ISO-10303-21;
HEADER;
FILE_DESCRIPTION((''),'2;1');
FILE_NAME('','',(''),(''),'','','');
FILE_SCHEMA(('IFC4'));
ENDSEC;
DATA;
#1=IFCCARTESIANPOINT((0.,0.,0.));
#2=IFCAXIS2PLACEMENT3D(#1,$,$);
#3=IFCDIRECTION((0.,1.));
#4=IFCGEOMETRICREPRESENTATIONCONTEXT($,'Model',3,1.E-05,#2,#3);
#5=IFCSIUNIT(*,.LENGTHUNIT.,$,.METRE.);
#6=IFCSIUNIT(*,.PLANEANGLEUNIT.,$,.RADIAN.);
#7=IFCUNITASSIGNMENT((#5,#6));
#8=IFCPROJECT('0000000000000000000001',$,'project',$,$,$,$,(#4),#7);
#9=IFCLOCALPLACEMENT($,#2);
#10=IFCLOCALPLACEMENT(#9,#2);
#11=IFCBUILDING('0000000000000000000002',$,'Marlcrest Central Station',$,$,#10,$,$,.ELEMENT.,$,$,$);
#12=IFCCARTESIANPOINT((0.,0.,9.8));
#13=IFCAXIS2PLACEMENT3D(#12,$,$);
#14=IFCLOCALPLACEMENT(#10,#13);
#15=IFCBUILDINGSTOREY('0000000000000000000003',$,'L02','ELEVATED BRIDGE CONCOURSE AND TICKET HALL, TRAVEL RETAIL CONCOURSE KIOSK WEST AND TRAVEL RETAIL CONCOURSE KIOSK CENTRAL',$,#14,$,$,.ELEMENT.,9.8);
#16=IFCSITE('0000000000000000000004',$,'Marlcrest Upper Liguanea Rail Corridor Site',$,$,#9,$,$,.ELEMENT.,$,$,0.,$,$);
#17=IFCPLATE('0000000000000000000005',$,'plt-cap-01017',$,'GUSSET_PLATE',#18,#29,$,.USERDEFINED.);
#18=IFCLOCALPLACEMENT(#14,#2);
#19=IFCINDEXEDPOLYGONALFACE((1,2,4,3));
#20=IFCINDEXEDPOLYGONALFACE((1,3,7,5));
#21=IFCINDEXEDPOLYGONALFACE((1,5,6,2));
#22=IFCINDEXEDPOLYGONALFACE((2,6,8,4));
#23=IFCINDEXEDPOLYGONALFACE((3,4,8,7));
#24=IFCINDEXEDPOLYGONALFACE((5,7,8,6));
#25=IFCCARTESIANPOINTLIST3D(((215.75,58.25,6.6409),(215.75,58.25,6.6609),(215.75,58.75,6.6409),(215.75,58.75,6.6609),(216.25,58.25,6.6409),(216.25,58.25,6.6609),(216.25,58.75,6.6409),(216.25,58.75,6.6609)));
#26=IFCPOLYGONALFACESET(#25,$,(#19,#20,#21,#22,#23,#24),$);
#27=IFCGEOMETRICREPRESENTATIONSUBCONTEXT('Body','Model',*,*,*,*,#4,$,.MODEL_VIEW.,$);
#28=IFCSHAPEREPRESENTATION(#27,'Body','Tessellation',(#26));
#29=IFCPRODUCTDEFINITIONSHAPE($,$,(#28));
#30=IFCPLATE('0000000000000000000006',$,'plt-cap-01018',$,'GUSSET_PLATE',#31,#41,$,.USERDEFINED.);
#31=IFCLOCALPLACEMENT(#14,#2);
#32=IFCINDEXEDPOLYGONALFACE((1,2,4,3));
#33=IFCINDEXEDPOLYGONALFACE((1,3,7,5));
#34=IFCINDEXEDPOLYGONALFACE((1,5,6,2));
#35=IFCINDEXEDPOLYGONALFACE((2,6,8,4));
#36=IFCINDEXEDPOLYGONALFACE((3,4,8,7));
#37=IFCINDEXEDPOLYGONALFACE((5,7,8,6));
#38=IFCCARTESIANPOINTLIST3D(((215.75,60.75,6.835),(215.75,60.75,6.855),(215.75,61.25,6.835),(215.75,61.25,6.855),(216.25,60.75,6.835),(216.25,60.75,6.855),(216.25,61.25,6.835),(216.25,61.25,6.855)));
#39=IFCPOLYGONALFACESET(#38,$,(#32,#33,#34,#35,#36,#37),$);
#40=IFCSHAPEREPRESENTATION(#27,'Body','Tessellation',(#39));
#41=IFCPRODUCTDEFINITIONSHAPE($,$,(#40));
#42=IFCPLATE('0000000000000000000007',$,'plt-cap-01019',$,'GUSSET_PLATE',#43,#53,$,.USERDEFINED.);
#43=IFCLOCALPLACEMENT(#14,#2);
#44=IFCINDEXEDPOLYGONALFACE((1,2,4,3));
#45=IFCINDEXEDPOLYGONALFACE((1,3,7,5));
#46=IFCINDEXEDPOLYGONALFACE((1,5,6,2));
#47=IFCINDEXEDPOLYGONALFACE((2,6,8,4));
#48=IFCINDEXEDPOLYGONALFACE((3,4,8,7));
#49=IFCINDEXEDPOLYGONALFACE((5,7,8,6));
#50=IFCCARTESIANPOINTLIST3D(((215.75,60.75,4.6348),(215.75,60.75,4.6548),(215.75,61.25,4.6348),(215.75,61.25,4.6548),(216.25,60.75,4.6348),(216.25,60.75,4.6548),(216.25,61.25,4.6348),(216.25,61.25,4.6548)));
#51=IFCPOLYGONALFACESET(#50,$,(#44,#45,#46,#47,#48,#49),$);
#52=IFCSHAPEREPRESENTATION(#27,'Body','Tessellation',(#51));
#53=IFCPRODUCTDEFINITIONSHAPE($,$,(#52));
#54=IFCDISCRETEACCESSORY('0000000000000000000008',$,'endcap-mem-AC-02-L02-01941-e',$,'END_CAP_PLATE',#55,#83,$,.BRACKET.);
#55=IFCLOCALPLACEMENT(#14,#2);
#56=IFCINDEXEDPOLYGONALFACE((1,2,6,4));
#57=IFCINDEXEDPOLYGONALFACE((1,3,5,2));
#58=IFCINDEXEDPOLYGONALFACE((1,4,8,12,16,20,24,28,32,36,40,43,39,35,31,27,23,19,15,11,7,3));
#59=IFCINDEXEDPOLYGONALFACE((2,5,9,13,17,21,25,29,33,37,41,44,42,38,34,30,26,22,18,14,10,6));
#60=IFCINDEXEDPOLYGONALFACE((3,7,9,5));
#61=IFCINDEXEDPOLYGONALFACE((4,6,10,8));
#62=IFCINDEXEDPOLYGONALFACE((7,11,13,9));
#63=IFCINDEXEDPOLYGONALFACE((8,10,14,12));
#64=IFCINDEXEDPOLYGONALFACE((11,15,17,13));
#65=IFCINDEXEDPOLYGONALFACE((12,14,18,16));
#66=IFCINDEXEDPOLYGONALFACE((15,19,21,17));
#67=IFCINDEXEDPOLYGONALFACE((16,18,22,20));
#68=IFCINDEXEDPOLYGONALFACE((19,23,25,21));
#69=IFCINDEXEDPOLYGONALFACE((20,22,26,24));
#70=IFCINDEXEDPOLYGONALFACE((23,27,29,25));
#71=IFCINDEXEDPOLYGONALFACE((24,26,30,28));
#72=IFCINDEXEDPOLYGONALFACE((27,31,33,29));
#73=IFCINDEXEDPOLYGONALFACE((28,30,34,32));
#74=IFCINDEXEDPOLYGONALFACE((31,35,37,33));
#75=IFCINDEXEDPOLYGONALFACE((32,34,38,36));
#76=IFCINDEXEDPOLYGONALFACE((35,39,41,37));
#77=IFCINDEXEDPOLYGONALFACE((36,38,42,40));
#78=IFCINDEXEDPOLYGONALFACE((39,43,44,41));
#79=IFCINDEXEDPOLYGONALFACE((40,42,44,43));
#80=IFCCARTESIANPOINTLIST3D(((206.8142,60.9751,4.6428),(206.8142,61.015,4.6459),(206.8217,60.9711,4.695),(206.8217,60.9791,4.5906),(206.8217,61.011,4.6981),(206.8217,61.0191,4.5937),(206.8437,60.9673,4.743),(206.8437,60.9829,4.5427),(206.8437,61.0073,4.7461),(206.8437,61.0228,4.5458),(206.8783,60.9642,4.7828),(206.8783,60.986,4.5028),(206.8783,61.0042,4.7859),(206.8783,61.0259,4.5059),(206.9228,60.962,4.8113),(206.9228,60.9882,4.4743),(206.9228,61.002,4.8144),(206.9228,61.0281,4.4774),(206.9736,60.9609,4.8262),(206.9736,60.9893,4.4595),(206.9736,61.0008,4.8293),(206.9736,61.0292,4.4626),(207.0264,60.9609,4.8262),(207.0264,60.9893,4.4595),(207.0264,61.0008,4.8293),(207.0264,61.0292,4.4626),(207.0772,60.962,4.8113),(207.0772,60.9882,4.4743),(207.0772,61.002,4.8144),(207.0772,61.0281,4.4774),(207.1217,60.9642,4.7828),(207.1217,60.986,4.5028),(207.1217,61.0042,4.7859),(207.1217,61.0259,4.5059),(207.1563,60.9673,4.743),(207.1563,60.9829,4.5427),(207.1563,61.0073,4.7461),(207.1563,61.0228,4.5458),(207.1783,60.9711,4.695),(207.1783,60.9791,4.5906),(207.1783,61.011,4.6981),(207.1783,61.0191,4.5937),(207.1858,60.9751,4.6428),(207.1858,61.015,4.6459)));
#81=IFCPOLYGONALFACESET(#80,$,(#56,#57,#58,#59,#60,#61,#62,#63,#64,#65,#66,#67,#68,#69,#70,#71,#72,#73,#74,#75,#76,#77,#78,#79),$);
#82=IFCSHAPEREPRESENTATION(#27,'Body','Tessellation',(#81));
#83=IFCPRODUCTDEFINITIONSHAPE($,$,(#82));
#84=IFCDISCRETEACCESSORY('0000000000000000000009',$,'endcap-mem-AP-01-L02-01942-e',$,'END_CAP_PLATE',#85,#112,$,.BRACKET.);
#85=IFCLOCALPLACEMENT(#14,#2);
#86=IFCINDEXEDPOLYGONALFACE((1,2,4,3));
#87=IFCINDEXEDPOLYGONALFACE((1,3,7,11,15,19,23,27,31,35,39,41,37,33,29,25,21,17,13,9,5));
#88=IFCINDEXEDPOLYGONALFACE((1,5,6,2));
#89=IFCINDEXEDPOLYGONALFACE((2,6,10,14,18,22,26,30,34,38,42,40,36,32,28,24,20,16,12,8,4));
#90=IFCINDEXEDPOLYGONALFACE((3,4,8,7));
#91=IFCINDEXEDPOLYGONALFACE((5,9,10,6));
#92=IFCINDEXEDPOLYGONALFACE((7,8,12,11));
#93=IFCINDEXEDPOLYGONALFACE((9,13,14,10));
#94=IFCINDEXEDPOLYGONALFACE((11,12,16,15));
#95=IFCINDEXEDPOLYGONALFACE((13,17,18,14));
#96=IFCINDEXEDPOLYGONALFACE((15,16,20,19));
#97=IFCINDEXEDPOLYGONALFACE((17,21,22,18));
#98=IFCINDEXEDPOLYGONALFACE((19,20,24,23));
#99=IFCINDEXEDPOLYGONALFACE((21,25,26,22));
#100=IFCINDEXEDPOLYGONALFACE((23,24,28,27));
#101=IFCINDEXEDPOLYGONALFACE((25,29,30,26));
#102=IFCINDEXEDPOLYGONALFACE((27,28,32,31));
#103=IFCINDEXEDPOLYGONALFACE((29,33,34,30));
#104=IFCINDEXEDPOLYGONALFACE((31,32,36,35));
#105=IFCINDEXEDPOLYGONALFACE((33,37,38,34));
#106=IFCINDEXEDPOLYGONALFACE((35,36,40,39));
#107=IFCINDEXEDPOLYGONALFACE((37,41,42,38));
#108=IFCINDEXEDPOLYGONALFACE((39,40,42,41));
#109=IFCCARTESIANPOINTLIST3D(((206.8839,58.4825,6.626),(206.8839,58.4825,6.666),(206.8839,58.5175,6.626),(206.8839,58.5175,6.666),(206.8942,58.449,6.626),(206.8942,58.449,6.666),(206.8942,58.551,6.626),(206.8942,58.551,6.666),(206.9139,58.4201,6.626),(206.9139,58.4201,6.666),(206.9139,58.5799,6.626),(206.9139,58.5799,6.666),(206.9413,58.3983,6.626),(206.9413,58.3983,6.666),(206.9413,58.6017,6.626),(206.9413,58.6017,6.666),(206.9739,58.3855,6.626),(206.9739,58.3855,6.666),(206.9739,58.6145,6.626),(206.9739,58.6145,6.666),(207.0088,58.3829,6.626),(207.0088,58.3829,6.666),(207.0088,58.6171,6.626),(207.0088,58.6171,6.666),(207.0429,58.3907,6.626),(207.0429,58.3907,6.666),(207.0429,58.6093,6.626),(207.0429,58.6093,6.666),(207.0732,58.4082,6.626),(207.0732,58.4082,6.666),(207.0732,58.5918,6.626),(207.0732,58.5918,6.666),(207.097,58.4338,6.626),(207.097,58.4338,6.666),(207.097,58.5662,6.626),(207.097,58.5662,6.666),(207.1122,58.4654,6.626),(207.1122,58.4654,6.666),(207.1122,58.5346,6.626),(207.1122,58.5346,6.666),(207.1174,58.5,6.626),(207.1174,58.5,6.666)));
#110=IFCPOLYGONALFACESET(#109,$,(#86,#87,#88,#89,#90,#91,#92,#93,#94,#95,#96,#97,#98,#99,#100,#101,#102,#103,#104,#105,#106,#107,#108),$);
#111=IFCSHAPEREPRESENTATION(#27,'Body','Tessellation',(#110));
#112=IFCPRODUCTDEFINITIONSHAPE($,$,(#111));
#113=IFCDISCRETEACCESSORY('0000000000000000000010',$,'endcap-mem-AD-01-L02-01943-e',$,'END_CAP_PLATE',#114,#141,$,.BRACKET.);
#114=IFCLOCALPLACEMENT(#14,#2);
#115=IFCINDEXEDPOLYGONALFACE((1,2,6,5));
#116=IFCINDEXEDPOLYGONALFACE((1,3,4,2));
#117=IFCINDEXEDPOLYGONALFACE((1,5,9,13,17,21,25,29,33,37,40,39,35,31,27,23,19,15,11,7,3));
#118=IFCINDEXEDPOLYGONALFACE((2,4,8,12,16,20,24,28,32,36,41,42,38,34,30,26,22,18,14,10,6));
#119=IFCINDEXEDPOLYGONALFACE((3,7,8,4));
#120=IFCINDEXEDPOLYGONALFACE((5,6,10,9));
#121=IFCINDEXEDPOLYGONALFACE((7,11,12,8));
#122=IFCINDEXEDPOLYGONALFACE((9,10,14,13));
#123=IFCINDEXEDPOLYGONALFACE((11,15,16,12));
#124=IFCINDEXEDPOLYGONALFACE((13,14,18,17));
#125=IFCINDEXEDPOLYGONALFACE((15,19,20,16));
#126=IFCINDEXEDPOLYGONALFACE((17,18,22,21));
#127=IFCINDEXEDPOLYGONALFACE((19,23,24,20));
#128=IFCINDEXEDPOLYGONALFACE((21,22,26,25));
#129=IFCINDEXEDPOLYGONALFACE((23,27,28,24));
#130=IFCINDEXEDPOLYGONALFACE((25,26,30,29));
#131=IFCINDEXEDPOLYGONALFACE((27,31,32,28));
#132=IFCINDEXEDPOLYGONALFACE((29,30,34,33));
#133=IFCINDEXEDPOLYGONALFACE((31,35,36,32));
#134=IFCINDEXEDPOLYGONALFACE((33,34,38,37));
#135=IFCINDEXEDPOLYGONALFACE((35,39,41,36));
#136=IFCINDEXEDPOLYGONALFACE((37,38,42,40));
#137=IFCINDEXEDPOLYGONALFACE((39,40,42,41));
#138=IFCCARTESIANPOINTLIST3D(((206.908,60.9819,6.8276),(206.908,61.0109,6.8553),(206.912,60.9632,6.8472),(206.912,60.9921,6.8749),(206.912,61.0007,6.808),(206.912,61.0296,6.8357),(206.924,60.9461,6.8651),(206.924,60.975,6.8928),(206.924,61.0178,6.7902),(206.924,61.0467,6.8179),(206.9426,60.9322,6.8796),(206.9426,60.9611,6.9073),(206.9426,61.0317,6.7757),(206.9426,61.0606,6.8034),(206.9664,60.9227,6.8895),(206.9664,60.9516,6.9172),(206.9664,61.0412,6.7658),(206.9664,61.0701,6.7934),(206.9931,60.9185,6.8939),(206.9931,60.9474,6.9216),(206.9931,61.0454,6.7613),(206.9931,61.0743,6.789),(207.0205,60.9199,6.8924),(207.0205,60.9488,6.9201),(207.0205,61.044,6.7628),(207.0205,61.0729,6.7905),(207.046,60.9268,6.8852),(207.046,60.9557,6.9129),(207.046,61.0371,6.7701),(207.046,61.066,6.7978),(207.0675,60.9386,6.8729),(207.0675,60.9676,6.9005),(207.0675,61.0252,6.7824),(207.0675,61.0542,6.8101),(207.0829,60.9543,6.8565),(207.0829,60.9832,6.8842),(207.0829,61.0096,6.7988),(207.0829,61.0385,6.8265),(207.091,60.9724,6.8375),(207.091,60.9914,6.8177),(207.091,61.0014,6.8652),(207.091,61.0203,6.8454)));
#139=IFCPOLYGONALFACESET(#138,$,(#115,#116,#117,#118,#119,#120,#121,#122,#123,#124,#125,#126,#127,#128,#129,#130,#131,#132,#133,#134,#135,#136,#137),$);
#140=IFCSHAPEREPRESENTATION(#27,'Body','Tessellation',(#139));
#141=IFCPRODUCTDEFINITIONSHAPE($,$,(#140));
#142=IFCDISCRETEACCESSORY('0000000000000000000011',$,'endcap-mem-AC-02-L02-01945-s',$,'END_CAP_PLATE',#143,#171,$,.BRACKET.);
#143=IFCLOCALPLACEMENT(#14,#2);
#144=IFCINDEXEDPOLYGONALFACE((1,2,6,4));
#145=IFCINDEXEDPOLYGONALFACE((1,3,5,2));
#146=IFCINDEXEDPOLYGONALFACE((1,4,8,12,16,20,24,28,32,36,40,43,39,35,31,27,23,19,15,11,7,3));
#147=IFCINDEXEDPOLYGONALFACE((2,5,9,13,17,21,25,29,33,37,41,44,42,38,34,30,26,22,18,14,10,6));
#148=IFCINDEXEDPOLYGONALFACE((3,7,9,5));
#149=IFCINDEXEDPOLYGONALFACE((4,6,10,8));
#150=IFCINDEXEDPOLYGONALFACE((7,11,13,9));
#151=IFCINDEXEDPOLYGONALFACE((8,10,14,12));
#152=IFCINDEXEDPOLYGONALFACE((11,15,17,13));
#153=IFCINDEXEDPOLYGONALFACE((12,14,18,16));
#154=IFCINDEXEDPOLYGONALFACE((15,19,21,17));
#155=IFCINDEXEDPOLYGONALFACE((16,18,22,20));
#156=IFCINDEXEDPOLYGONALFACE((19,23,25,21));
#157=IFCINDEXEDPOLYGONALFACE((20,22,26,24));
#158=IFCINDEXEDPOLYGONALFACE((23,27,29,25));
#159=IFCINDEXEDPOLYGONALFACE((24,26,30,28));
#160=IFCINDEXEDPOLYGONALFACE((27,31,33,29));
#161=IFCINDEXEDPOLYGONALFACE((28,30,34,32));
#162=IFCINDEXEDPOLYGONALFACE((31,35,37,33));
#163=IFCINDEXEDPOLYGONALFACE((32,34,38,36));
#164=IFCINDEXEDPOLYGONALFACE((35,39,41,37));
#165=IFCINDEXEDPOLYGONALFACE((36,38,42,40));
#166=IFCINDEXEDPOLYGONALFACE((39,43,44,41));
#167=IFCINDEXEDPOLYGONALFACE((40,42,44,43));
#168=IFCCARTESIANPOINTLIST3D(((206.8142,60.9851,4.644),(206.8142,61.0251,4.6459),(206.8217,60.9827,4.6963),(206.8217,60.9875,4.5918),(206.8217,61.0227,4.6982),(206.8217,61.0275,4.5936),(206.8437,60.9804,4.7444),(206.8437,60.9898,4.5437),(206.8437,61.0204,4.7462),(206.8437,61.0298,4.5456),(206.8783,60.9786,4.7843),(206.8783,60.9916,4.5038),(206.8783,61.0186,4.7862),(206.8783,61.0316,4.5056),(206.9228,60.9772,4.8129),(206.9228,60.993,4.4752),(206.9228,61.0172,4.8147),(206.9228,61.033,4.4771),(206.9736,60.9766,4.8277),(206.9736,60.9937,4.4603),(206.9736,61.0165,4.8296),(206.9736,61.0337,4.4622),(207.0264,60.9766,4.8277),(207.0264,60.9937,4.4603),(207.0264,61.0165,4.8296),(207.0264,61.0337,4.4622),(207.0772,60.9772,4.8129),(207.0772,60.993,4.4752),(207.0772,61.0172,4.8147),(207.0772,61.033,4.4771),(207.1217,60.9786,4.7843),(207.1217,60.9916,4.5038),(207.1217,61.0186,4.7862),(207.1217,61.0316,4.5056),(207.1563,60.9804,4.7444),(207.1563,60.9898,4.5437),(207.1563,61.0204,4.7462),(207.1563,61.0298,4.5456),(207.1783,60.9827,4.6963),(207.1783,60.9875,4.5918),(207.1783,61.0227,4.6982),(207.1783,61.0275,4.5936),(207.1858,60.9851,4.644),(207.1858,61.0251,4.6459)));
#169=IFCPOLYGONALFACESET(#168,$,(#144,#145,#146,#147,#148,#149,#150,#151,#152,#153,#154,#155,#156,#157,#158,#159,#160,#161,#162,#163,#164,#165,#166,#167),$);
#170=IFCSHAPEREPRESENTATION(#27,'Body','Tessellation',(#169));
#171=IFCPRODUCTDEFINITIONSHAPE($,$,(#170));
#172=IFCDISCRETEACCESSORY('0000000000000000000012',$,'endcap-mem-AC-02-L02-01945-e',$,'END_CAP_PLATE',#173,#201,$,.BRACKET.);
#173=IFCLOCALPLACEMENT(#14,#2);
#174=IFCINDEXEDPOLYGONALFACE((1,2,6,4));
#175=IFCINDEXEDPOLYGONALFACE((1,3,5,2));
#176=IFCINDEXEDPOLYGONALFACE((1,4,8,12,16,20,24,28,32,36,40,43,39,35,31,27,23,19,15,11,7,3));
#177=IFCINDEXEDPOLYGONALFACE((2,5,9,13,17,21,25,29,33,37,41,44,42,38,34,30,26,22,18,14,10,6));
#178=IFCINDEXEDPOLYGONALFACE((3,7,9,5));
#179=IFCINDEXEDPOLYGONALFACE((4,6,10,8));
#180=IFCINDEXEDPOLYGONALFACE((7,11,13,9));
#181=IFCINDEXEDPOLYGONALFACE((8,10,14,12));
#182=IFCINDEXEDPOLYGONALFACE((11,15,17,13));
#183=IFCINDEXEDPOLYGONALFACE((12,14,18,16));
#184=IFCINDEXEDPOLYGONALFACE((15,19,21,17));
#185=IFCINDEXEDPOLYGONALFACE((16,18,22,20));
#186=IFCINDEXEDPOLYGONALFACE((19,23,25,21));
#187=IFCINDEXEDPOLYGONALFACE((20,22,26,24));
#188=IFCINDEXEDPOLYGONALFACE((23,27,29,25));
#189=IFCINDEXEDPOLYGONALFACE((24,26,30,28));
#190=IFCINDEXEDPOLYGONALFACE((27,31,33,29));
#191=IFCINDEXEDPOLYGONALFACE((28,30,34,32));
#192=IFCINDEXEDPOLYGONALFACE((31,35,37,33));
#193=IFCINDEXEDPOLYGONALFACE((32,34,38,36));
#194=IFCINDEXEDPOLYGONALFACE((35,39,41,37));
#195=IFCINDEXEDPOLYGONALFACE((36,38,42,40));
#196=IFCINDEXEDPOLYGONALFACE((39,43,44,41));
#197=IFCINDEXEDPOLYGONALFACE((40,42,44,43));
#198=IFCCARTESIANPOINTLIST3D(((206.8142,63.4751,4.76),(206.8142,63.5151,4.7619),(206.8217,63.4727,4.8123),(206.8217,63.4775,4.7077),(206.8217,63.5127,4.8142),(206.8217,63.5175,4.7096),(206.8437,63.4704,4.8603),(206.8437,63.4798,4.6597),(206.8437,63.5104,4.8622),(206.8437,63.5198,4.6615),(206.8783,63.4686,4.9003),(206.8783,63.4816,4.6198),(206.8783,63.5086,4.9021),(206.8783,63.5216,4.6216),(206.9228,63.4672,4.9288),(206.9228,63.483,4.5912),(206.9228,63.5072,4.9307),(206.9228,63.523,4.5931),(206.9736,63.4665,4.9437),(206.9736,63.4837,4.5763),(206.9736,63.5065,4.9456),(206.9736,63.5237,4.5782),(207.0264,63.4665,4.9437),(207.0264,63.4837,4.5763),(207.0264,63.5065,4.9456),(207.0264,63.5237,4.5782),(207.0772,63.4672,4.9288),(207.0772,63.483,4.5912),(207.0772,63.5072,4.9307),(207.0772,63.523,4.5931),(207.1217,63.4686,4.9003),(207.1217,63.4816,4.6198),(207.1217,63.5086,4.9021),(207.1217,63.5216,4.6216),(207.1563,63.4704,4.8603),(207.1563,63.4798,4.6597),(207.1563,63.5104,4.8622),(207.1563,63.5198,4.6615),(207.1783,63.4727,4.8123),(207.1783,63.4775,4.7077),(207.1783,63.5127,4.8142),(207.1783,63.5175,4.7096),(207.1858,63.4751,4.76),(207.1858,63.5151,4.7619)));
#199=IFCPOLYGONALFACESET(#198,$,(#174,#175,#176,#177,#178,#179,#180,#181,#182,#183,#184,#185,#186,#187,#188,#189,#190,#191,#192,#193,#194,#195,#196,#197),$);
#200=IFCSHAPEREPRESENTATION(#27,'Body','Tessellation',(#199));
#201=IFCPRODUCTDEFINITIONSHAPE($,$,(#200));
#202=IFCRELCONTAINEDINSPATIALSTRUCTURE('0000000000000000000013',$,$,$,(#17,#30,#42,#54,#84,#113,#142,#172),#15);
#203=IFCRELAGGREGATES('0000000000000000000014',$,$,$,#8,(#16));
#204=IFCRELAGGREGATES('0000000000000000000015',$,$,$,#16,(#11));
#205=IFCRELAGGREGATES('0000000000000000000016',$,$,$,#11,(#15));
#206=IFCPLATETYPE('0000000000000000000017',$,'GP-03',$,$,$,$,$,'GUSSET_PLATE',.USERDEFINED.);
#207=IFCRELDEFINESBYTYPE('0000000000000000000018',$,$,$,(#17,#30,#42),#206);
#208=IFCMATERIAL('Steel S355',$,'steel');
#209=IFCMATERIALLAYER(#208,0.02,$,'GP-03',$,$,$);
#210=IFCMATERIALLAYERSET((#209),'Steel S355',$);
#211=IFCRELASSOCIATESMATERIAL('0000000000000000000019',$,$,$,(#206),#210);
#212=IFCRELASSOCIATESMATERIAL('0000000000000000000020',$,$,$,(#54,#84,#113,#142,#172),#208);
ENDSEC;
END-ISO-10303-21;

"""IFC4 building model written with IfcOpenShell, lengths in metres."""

from ifc_helpers import new_model, si_unit, direction, frame, origin, origin_2d, place, context, subcontext, project, spatial, rectangle, circle, extrude, material, layer, layer_set, type_object, element, save


model = new_model("IFC4")

# Units and contexts
model_context = context("Model", 3, precision=1e-05, world=origin(), true_north=direction((0.0, 1.0)))
body_context = subcontext(model_context, "Body", "Model", "MODEL_VIEW")
ifc_project = project(units=[si_unit("LENGTHUNIT", "METRE"), si_unit("PLANEANGLEUNIT", "RADIAN")], contexts=[model_context])

# Site, building, storey
site_placement = place(None, origin())
site = spatial("IfcSite", under=ifc_project, at=site_placement, Name="Marlcrest Upper Liguanea Rail Corridor Site", CompositionType="ELEMENT", RefElevation=0.0)
building_placement = place(site_placement, origin())
building = spatial("IfcBuilding", under=site, at=building_placement, Name="Marlcrest Central Station", CompositionType="ELEMENT")
storey_placement = place(building_placement, frame((0.0, 0.0, 9.8)))
storey = spatial("IfcBuildingStorey", under=building, at=storey_placement, Name="L02", Description="ELEVATED BRIDGE CONCOURSE AND TICKET HALL, TRAVEL RETAIL CONCOURSE KIOSK WEST AND TRAVEL RETAIL CONCOURSE KIOSK CENTRAL", CompositionType="ELEMENT", Elevation=9.8)

# Shared definitions
ifc_material = material(Name="Steel S355", Category="steel")

# Plates
ifc_layer = layer(ifc_material, 0.02, Name="GP-03")
ifc_layer_set = layer_set([ifc_layer], Name="Steel S355")
plate_type = type_object("IfcPlateType", Name="GP-03", ElementType="GUSSET_PLATE", PredefinedType="USERDEFINED", material=ifc_layer_set)
for number, where, z_axis, x_axis, name in (
    (1, (216.0, 58.5, 6.6409), (0.0, 0.0, 1.0), (1.0, 0.0, 0.0), "plt-cap-01017"),
    (2, (216.0, 61.0, 6.835), (0.0, 0.0, 1.0), (1.0, 0.0, 0.0), "plt-cap-01018"),
    (3, (216.0, 61.0, 4.6348), (0.0, 0.0, 1.0), (1.0, 0.0, 0.0), "plt-cap-01019"),
):
    element("IfcPlate", number, at=place(storey_placement, frame(where, z_axis=z_axis, x_axis=x_axis)), inside=storey, type_object=plate_type, Name=name, ObjectType="GUSSET_PLATE", PredefinedType="USERDEFINED", context=body_context, shape_type="SweptSolid", body=[
        extrude(rectangle(XDim=0.5, YDim=0.5, at=origin_2d()), origin(), (0.0, 0.0, 1.0), 0.02),
    ])

# Discrete accessories
discrete_accessory_1_placement = place(storey_placement, frame((207.0, 60.9751, 4.6428), z_axis=(0.0, 0.997007, 0.077307), x_axis=(-1.0, 0.0, 0.0)))
element("IfcDiscreteAccessory", 4, at=discrete_accessory_1_placement, inside=storey, material=ifc_material, Name="endcap-mem-AC-02-L02-01941-e", ObjectType="END_CAP_PLATE", PredefinedType="BRACKET", context=body_context, shape_type="SweptSolid", body=[
    extrude(circle(Radius=0.1858, at=origin_2d()), origin(), (0.0, 0.0, 1.0), 0.04),
])
discrete_accessory_2_placement = place(storey_placement, frame((207.0, 58.5, 6.626), z_axis=(0.0, 0.0, 1.0), x_axis=(1.0, 0.0, 0.0)))
element("IfcDiscreteAccessory", 5, at=discrete_accessory_2_placement, inside=storey, material=ifc_material, Name="endcap-mem-AP-01-L02-01942-e", ObjectType="END_CAP_PLATE", PredefinedType="BRACKET", context=body_context, shape_type="SweptSolid", body=[
    extrude(circle(Radius=0.1174, at=origin_2d()), origin(), (0.0, 0.0, 1.0), 0.04),
])
discrete_accessory_3_placement = place(storey_placement, frame((207.0, 60.9819, 6.8276), z_axis=(0.0, 0.722247, 0.691636), x_axis=(-1.0, 0.0, 0.0)))
element("IfcDiscreteAccessory", 6, at=discrete_accessory_3_placement, inside=storey, material=ifc_material, Name="endcap-mem-AD-01-L02-01943-e", ObjectType="END_CAP_PLATE", PredefinedType="BRACKET", context=body_context, shape_type="SweptSolid", body=[
    extrude(circle(Radius=0.092, at=origin_2d()), origin(), (0.0, 0.0, 1.0), 0.04),
])
for number, where, z_axis, x_axis, name in (
    (7, (207.0, 60.9851, 4.644), (0.0, 0.998917, 0.046532), (-1.0, 0.0, 0.0), "endcap-mem-AC-02-L02-01945-s"),
    (8, (207.0, 63.4751, 4.76), (0.0, 0.998917, 0.046532), (-1.0, 0.0, 0.0), "endcap-mem-AC-02-L02-01945-e"),
):
    element("IfcDiscreteAccessory", number, at=place(storey_placement, frame(where, z_axis=z_axis, x_axis=x_axis)), inside=storey, material=ifc_material, Name=name, ObjectType="END_CAP_PLATE", PredefinedType="BRACKET", context=body_context, shape_type="SweptSolid", body=[
        extrude(circle(Radius=0.1858, at=origin_2d()), origin(), (0.0, 0.0, 1.0), 0.04),
    ])

save(model, "model.ifc")
